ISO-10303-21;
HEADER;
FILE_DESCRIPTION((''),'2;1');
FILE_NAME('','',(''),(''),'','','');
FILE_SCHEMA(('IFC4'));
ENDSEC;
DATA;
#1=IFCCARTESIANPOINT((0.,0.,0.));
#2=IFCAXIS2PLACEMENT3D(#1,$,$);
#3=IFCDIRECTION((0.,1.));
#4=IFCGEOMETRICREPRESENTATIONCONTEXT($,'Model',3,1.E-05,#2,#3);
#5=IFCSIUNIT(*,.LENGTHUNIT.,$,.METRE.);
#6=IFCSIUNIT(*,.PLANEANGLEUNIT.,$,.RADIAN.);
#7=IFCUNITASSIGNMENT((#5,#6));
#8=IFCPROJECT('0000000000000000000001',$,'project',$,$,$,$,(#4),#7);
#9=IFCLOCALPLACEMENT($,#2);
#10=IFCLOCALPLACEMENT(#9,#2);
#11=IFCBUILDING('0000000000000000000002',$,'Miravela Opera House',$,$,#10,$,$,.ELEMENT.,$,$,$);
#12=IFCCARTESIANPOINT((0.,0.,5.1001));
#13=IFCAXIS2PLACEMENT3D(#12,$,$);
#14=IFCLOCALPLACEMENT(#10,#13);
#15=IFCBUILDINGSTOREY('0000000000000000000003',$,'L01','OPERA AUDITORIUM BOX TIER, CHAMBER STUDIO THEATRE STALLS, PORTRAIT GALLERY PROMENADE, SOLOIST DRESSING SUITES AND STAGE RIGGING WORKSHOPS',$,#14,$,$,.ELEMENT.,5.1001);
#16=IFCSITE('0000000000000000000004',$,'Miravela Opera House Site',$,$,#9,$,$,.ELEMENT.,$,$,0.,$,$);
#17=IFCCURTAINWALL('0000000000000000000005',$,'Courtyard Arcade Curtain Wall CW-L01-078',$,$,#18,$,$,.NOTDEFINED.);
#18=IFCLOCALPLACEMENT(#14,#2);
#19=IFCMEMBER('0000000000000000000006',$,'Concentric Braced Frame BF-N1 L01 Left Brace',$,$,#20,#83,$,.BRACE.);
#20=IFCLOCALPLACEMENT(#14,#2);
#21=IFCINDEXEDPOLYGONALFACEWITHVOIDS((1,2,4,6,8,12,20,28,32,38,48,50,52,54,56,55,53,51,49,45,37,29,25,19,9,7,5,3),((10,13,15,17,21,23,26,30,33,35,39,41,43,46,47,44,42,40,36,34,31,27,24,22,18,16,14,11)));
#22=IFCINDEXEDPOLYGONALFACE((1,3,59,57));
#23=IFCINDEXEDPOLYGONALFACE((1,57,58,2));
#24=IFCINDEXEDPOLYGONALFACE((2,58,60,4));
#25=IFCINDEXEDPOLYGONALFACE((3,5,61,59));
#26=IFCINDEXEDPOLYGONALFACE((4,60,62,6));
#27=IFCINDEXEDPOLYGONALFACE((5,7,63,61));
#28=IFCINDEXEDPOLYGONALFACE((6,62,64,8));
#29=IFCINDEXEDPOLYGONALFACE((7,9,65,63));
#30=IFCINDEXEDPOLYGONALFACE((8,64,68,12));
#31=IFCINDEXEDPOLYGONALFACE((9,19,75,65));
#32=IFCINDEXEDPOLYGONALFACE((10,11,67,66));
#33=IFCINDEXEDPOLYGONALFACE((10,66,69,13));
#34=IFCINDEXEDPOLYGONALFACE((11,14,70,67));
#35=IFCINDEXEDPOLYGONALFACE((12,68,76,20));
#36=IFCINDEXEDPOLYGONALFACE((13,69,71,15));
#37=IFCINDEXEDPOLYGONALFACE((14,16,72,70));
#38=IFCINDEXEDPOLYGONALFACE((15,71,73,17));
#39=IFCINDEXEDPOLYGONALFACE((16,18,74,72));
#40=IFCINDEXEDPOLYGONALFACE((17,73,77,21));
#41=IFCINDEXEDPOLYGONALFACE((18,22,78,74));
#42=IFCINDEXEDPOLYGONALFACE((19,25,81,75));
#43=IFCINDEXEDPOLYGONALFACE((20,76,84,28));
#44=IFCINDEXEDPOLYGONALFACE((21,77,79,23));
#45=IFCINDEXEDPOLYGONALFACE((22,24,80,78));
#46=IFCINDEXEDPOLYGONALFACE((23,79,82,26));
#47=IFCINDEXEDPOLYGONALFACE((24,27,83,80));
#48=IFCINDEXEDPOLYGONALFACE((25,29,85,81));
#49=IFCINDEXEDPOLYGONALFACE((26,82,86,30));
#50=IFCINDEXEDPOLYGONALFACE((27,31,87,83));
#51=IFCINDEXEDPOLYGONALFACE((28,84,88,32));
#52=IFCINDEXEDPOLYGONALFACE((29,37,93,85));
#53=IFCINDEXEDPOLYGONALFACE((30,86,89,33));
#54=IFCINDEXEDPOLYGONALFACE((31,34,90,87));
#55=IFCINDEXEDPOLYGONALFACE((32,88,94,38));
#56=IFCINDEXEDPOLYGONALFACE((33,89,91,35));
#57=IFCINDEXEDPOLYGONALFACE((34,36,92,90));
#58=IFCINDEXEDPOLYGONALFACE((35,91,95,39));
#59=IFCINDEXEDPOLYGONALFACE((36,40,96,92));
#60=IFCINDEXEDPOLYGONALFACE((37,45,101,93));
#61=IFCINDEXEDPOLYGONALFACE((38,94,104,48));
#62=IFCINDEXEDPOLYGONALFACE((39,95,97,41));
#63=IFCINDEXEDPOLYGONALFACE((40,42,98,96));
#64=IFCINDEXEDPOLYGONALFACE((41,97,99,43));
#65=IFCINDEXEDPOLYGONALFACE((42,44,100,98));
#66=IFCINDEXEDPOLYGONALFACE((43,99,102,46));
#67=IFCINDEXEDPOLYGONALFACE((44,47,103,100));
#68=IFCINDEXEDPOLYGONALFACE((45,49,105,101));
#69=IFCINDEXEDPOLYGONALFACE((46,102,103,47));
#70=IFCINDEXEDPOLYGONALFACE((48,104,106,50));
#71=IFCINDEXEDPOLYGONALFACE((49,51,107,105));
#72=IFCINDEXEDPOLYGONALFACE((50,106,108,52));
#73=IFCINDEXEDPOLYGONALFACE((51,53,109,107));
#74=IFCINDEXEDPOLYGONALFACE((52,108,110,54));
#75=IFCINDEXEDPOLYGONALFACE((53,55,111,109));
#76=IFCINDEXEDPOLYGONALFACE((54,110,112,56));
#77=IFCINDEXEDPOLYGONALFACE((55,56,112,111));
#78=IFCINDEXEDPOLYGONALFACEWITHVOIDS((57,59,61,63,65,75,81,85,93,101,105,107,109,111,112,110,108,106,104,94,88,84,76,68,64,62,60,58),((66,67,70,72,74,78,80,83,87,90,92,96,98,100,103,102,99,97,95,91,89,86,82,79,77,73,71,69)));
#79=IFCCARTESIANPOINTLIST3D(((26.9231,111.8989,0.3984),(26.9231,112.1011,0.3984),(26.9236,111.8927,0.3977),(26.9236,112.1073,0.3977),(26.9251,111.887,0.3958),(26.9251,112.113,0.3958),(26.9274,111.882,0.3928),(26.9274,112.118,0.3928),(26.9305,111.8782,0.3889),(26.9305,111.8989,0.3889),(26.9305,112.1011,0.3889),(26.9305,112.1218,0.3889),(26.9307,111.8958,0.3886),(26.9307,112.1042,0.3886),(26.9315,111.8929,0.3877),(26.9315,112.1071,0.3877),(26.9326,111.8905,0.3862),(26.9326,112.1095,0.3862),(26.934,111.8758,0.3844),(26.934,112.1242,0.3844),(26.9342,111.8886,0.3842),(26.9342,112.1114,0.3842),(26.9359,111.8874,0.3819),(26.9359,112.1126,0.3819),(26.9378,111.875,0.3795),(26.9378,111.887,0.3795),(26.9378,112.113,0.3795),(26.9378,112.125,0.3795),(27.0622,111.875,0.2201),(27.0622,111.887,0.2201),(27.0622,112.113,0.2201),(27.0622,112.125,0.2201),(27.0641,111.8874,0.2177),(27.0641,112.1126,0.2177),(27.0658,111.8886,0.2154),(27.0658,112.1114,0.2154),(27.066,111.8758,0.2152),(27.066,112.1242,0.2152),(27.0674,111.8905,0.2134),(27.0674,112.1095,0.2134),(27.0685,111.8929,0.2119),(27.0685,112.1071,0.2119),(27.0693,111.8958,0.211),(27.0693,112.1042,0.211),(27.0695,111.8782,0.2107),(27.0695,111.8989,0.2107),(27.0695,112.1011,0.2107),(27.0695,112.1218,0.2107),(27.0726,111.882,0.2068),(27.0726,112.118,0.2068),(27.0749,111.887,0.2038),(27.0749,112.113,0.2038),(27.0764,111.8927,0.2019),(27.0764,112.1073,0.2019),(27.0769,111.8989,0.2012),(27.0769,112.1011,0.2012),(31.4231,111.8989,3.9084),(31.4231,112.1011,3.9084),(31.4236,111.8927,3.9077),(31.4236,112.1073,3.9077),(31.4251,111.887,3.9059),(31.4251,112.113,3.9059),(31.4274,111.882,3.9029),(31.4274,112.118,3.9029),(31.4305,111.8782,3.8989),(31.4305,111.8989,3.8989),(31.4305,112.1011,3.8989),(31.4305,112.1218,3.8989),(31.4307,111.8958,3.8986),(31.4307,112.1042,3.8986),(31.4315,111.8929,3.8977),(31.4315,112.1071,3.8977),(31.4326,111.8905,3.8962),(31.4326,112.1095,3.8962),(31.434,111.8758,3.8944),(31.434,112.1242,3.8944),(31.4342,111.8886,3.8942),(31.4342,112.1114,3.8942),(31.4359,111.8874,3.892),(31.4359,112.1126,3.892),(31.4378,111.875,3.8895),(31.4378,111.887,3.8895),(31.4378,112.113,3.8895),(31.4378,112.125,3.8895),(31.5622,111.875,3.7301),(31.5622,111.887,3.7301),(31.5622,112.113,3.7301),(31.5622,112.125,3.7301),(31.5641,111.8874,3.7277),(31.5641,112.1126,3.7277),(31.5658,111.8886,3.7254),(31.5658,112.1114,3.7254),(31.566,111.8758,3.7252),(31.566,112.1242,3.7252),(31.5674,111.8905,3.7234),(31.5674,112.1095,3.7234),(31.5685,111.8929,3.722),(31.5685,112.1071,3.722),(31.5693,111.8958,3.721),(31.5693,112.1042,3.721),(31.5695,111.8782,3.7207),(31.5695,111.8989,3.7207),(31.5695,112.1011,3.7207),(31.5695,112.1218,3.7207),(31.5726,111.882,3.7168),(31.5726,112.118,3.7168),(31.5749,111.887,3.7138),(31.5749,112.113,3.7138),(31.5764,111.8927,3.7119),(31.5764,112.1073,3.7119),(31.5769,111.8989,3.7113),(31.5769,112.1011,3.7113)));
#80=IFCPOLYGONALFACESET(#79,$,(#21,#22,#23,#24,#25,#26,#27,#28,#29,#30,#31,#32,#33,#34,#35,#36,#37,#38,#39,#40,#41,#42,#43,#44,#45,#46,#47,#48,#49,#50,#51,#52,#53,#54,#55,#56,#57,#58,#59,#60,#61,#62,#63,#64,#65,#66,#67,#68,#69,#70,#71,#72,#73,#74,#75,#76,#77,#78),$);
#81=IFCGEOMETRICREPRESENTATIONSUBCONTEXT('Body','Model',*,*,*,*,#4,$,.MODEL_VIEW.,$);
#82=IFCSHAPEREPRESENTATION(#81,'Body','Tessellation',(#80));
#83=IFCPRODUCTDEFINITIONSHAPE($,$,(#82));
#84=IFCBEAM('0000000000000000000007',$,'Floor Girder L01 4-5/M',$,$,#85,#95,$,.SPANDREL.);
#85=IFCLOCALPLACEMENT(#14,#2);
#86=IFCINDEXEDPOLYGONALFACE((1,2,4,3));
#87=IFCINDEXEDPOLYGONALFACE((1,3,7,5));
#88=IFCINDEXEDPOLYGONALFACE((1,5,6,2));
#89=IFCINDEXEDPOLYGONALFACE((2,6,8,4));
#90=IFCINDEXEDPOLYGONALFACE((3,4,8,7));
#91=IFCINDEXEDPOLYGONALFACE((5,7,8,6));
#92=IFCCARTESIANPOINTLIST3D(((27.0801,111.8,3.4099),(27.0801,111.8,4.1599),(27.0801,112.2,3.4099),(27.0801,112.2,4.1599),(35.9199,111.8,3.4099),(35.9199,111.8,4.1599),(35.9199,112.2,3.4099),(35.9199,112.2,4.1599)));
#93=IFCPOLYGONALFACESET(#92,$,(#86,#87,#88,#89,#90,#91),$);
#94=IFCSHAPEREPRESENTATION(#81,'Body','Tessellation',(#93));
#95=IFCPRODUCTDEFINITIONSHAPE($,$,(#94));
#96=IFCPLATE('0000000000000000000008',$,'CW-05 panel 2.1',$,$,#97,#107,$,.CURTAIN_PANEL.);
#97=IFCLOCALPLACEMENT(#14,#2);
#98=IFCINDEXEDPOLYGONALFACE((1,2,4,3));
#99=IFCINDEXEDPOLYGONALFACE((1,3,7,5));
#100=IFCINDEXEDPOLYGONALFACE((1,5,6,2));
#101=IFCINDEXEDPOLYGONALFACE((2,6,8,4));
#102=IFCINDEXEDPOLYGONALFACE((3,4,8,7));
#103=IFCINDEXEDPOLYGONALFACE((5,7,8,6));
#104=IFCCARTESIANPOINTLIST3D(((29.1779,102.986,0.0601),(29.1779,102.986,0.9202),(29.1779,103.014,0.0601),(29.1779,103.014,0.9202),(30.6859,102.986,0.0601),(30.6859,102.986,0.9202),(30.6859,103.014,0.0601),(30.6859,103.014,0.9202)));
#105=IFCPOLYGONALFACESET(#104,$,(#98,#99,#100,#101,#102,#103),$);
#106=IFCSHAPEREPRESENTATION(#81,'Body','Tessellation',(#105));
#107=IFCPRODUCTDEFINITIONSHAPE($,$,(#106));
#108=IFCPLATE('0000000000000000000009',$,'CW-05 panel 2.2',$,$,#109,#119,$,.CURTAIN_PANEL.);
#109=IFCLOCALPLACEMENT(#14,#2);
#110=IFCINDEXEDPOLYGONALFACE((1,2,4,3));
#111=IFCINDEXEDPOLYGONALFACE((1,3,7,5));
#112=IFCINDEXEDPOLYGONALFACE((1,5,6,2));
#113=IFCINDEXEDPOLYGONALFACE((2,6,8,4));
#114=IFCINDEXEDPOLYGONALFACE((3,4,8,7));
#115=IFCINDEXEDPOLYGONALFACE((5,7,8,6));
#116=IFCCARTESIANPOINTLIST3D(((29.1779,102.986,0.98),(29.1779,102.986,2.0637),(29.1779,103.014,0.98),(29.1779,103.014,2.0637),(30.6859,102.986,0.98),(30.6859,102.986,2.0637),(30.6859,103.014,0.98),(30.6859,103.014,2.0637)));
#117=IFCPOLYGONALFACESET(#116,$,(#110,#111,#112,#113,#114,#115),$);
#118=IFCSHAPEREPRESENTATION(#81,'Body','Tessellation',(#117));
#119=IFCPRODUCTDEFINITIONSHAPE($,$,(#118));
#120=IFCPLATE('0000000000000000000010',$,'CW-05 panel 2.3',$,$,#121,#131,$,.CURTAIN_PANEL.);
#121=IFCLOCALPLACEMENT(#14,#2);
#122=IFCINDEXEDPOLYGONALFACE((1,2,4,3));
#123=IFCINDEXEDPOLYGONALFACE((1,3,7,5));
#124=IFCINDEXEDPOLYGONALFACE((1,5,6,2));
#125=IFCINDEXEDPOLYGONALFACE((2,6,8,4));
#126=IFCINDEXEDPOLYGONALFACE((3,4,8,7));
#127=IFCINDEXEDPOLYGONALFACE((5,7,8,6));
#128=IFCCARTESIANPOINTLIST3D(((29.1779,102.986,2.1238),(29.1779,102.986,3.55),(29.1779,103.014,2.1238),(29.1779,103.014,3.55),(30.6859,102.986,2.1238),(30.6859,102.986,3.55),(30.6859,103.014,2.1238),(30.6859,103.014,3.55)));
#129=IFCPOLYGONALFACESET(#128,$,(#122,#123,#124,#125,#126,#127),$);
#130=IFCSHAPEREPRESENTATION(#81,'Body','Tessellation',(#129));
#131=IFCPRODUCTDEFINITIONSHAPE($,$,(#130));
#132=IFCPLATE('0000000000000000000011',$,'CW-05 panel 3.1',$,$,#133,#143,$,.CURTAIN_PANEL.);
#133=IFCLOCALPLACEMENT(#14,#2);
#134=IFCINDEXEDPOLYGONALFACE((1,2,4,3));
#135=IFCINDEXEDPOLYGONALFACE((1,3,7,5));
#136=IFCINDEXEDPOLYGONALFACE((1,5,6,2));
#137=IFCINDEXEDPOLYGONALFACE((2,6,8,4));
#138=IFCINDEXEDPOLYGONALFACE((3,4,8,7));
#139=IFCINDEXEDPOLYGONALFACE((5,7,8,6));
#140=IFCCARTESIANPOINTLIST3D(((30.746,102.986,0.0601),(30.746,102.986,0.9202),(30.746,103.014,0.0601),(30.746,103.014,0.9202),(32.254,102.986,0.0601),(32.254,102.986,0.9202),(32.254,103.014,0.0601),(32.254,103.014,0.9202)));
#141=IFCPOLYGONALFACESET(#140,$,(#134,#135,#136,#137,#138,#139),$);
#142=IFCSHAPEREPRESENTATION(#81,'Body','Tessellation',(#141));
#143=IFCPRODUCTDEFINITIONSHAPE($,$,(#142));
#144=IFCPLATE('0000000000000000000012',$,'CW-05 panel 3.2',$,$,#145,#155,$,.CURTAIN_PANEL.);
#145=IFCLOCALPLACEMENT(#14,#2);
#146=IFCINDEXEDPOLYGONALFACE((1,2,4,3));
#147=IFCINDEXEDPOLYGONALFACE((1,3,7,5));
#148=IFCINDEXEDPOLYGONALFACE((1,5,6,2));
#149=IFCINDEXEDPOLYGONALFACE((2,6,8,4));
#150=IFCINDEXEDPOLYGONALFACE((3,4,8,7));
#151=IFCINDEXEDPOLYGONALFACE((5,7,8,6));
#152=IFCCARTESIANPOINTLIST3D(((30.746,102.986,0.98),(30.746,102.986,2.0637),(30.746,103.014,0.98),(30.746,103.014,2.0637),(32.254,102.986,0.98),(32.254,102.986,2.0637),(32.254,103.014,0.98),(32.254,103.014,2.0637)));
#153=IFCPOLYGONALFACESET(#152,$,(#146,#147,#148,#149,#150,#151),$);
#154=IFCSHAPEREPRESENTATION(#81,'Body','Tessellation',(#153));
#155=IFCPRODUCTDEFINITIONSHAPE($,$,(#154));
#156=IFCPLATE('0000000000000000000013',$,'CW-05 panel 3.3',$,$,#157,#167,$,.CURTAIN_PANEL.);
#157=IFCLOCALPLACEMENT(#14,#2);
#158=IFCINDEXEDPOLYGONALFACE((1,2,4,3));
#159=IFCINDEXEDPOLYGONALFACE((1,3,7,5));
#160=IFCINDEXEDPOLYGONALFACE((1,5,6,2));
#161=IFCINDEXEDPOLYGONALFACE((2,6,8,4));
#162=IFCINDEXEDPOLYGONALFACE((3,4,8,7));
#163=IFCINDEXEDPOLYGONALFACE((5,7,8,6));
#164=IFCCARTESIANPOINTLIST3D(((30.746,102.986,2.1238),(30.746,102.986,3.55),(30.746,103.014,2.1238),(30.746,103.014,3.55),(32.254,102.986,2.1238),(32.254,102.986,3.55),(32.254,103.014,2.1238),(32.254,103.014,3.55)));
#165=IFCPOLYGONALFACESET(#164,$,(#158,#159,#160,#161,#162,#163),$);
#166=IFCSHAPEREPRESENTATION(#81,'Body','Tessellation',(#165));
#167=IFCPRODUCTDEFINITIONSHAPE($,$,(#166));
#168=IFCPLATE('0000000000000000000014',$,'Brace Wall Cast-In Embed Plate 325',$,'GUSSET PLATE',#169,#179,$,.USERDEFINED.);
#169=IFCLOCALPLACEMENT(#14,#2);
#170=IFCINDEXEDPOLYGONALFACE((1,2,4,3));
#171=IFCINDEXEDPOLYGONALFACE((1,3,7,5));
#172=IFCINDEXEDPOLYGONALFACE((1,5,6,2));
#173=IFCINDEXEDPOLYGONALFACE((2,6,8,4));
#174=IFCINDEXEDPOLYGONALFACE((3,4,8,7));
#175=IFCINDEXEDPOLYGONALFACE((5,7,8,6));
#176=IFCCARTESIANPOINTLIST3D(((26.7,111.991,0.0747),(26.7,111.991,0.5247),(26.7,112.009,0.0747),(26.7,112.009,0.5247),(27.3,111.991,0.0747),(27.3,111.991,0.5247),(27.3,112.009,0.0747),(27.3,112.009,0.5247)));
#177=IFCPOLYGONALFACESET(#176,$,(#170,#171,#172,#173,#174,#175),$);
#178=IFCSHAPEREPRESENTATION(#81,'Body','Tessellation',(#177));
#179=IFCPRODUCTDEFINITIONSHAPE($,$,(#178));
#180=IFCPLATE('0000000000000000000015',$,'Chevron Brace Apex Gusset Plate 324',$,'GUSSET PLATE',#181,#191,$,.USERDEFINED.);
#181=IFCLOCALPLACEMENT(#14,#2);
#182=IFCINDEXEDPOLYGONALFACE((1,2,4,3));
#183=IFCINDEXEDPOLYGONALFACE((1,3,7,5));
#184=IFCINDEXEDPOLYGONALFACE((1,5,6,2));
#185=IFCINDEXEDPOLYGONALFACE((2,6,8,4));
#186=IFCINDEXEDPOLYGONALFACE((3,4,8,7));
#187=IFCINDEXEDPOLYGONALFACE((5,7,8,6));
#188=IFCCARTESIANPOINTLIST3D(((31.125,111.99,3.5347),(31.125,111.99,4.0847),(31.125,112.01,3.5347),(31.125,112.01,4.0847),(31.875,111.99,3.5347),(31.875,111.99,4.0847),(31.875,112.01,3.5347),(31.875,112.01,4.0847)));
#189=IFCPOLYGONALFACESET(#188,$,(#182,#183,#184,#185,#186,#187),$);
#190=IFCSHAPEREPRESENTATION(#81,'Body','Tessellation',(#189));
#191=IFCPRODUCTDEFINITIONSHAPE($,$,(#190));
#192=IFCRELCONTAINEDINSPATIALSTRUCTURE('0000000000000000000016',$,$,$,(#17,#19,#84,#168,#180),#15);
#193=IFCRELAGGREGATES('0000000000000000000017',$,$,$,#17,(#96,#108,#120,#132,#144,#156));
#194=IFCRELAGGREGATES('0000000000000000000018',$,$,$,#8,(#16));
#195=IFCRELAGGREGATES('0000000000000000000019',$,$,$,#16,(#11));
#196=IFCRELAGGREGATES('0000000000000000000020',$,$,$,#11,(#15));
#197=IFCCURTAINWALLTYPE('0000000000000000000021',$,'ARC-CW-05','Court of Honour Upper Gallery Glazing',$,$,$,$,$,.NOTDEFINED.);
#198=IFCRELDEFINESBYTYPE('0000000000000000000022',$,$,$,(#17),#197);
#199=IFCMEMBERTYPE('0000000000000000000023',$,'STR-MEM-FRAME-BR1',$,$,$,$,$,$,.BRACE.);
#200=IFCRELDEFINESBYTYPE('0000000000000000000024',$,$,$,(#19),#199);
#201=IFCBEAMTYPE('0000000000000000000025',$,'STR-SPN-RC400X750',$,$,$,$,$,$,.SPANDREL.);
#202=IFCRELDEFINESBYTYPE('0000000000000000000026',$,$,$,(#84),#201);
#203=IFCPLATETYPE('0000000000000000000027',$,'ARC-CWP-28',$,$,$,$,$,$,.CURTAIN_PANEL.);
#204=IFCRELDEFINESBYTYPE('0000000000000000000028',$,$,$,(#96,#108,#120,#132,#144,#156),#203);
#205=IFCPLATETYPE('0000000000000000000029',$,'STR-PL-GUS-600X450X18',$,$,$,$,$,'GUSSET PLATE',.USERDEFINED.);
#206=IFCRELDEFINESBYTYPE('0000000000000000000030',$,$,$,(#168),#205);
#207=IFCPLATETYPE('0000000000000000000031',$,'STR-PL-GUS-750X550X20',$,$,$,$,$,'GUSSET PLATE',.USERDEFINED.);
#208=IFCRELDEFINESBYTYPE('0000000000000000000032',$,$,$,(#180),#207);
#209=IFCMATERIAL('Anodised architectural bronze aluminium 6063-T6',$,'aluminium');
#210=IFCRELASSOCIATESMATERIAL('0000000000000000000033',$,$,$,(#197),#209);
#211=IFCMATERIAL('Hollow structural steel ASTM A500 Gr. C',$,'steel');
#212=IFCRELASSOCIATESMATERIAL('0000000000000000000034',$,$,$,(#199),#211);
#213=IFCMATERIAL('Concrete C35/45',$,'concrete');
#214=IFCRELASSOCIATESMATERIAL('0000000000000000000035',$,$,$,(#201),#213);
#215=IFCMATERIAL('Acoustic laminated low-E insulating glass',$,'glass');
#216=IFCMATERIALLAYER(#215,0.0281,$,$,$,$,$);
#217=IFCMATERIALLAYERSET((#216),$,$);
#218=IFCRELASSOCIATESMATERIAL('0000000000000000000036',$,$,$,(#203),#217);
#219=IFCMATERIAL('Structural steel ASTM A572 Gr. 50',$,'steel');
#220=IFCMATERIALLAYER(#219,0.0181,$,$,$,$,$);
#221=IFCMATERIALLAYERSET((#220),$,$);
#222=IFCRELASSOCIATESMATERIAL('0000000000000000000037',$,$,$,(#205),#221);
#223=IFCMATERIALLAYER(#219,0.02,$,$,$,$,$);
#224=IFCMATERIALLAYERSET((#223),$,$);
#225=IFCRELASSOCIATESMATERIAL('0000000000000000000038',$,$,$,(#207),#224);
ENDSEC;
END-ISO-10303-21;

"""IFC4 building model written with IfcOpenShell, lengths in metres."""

from ifc_helpers import new_model, si_unit, direction, frame, origin, origin_2d, place, context, subcontext, project, spatial, rectangle, hollow_rectangle, extrude, material, layer, layer_set, material_profile, profile_set, type_object, element, aggregate, save


model = new_model("IFC4")

# Units and contexts
model_context = context("Model", 3, precision=1e-05, world=origin(), true_north=direction((0.0, 1.0)))
body_context = subcontext(model_context, "Body", "Model", "MODEL_VIEW")
ifc_project = project(units=[si_unit("LENGTHUNIT", "METRE"), si_unit("PLANEANGLEUNIT", "RADIAN")], contexts=[model_context])

# Site, building, storey
site_placement = place(None, origin())
site = spatial("IfcSite", under=ifc_project, at=site_placement, Name="Miravela Opera House Site", CompositionType="ELEMENT", RefElevation=0.0)
building_placement = place(site_placement, origin())
building = spatial("IfcBuilding", under=site, at=building_placement, Name="Miravela Opera House", CompositionType="ELEMENT")
storey_placement = place(building_placement, frame((0.0, 0.0, 5.1001)))
storey = spatial("IfcBuildingStorey", under=building, at=storey_placement, Name="L01", Description="OPERA AUDITORIUM BOX TIER, CHAMBER STUDIO THEATRE STALLS, PORTRAIT GALLERY PROMENADE, SOLOIST DRESSING SUITES AND STAGE RIGGING WORKSHOPS", CompositionType="ELEMENT", Elevation=5.1001)

# Shared definitions
ifc_material_1 = material(Name="Concrete C35/45", Category="concrete")

# Curtain wall
ifc_material_2 = material(Name="Anodised architectural bronze aluminium 6063-T6", Category="aluminium")
curtain_wall_type = type_object("IfcCurtainWallType", Name="ARC-CW-05", Description="Court of Honour Upper Gallery Glazing", PredefinedType="NOTDEFINED", material=ifc_material_2)
curtain_wall_placement = place(storey_placement, origin())
curtain_wall = element("IfcCurtainWall", 1, at=curtain_wall_placement, inside=storey, type_object=curtain_wall_type, Name="Courtyard Arcade Curtain Wall CW-L01-078", PredefinedType="NOTDEFINED")

# Member
ifc_material_3 = material(Name="Hollow structural steel ASTM A500 Gr. C", Category="steel")
ifc_material_profile_1 = material_profile(ifc_material_3, hollow_rectangle(XDim=0.25, YDim=0.25, WallThickness=0.012, InnerFilletRadius=0.012, OuterFilletRadius=0.0239, at=origin_2d()), Name="HSS250X250X12")
ifc_profile_set_1 = profile_set([ifc_material_profile_1])
member_type_1 = type_object("IfcMemberType", Name="STR-MEM-FRAME-BR1", PredefinedType="BRACE", material=ifc_profile_set_1)
member_1_placement = place(storey_placement, frame((27.0, 112.0, 0.2998), z_axis=(0.788501, 0.0, 0.615033), x_axis=(0.0, 1.0, 0.0)))
element("IfcMember", 2, at=member_1_placement, inside=storey, type_object=member_type_1, Name="Concentric Braced Frame BF-N1 L01 Left Brace", PredefinedType="BRACE", context=body_context, shape_type="SweptSolid", body=[
    extrude(hollow_rectangle(XDim=0.25, YDim=0.25, WallThickness=0.012, InnerFilletRadius=0.012, OuterFilletRadius=0.0239, at=origin_2d()), origin(), (0.0, 0.0, 1.0), 5.707),
])

# Beam
ifc_material_profile_2 = material_profile(ifc_material_1, rectangle(XDim=0.3999, YDim=0.75, at=origin_2d()), Name="RC-SPN-400X750")
ifc_profile_set_2 = profile_set([ifc_material_profile_2])
beam_type_1 = type_object("IfcBeamType", Name="STR-SPN-RC400X750", PredefinedType="SPANDREL", material=ifc_profile_set_2)
beam_1_placement = place(storey_placement, frame((27.0801, 112.0, 3.7849), z_axis=(1.0, 0.0, 0.0), x_axis=(0.0, 1.0, 0.0)))
element("IfcBeam", 3, at=beam_1_placement, inside=storey, type_object=beam_type_1, Name="Floor Girder L01 4-5/M", PredefinedType="SPANDREL", context=body_context, shape_type="SweptSolid", body=[
    extrude(rectangle(XDim=0.3999, YDim=0.75, at=origin_2d()), origin(), (0.0, 0.0, 1.0), 8.8398),
])

# Plates
ifc_material_4 = material(Name="Acoustic laminated low-E insulating glass", Category="glass")
ifc_layer_1 = layer(ifc_material_4, 0.0281)
ifc_layer_set_1 = layer_set([ifc_layer_1])
plate_type_1 = type_object("IfcPlateType", Name="ARC-CWP-28", PredefinedType="CURTAIN_PANEL", material=ifc_layer_set_1)
plate_1_placement = place(storey_placement, frame((29.9319, 103.0, 0.0601), z_axis=(0.0, 0.0, 1.0), x_axis=(1.0, 0.0, 0.0)))
plate_1 = element("IfcPlate", 4, at=plate_1_placement, type_object=plate_type_1, Name="CW-05 panel 2.1", PredefinedType="CURTAIN_PANEL", context=body_context, shape_type="SweptSolid", body=[
    extrude(rectangle(XDim=1.5081, YDim=0.0281, at=origin_2d()), origin(), (0.0, 0.0, 1.0), 0.8601),
])
plate_2_placement = place(storey_placement, frame((29.9319, 103.0, 0.98), z_axis=(0.0, 0.0, 1.0), x_axis=(1.0, 0.0, 0.0)))
plate_2 = element("IfcPlate", 5, at=plate_2_placement, type_object=plate_type_1, Name="CW-05 panel 2.2", PredefinedType="CURTAIN_PANEL", context=body_context, shape_type="SweptSolid", body=[
    extrude(rectangle(XDim=1.5081, YDim=0.0281, at=origin_2d()), origin(), (0.0, 0.0, 1.0), 1.0837),
])
plate_3_placement = place(storey_placement, frame((29.9319, 103.0, 2.1238), z_axis=(0.0, 0.0, 1.0), x_axis=(1.0, 0.0, 0.0)))
plate_3 = element("IfcPlate", 6, at=plate_3_placement, type_object=plate_type_1, Name="CW-05 panel 2.3", PredefinedType="CURTAIN_PANEL", context=body_context, shape_type="SweptSolid", body=[
    extrude(rectangle(XDim=1.5081, YDim=0.0281, at=origin_2d()), origin(), (0.0, 0.0, 1.0), 1.4263),
])
plate_4_placement = place(storey_placement, frame((31.5, 103.0, 0.0601), z_axis=(0.0, 0.0, 1.0), x_axis=(1.0, 0.0, 0.0)))
plate_4 = element("IfcPlate", 7, at=plate_4_placement, type_object=plate_type_1, Name="CW-05 panel 3.1", PredefinedType="CURTAIN_PANEL", context=body_context, shape_type="SweptSolid", body=[
    extrude(rectangle(XDim=1.5081, YDim=0.0281, at=origin_2d()), origin(), (0.0, 0.0, 1.0), 0.8601),
])
plate_5_placement = place(storey_placement, frame((31.5, 103.0, 0.98), z_axis=(0.0, 0.0, 1.0), x_axis=(1.0, 0.0, 0.0)))
plate_5 = element("IfcPlate", 8, at=plate_5_placement, type_object=plate_type_1, Name="CW-05 panel 3.2", PredefinedType="CURTAIN_PANEL", context=body_context, shape_type="SweptSolid", body=[
    extrude(rectangle(XDim=1.5081, YDim=0.0281, at=origin_2d()), origin(), (0.0, 0.0, 1.0), 1.0837),
])
plate_6_placement = place(storey_placement, frame((31.5, 103.0, 2.1238), z_axis=(0.0, 0.0, 1.0), x_axis=(1.0, 0.0, 0.0)))
plate_6 = element("IfcPlate", 9, at=plate_6_placement, type_object=plate_type_1, Name="CW-05 panel 3.3", PredefinedType="CURTAIN_PANEL", context=body_context, shape_type="SweptSolid", body=[
    extrude(rectangle(XDim=1.5081, YDim=0.0281, at=origin_2d()), origin(), (0.0, 0.0, 1.0), 1.4263),
])
aggregate(curtain_wall, [plate_1, plate_2, plate_3, plate_4, plate_5, plate_6])

# Plates
ifc_material_5 = material(Name="Structural steel ASTM A572 Gr. 50", Category="steel")
ifc_layer_2 = layer(ifc_material_5, 0.0181)
ifc_layer_set_2 = layer_set([ifc_layer_2])
plate_type_2 = type_object("IfcPlateType", Name="STR-PL-GUS-600X450X18", ElementType="GUSSET PLATE", PredefinedType="USERDEFINED", material=ifc_layer_set_2)
plate_7_placement = place(storey_placement, frame((27.0, 112.0, 0.0747), z_axis=(0.0, 0.0, 1.0), x_axis=(1.0, 0.0, 0.0)))
element("IfcPlate", 10, at=plate_7_placement, inside=storey, type_object=plate_type_2, Name="Brace Wall Cast-In Embed Plate 325", ObjectType="GUSSET PLATE", PredefinedType="USERDEFINED", context=body_context, shape_type="SweptSolid", body=[
    extrude(rectangle(XDim=0.6001, YDim=0.0181, at=origin_2d()), origin(), (0.0, 0.0, 1.0), 0.45),
])
ifc_layer_3 = layer(ifc_material_5, 0.02)
ifc_layer_set_3 = layer_set([ifc_layer_3])
plate_type_3 = type_object("IfcPlateType", Name="STR-PL-GUS-750X550X20", ElementType="GUSSET PLATE", PredefinedType="USERDEFINED", material=ifc_layer_set_3)
plate_8_placement = place(storey_placement, frame((31.5, 112.0, 3.5347), z_axis=(0.0, 0.0, 1.0), x_axis=(1.0, 0.0, 0.0)))
element("IfcPlate", 11, at=plate_8_placement, inside=storey, type_object=plate_type_3, Name="Chevron Brace Apex Gusset Plate 324", ObjectType="GUSSET PLATE", PredefinedType="USERDEFINED", context=body_context, shape_type="SweptSolid", body=[
    extrude(rectangle(XDim=0.75, YDim=0.02, at=origin_2d()), origin(), (0.0, 0.0, 1.0), 0.55),
])

save(model, "model.ifc")
